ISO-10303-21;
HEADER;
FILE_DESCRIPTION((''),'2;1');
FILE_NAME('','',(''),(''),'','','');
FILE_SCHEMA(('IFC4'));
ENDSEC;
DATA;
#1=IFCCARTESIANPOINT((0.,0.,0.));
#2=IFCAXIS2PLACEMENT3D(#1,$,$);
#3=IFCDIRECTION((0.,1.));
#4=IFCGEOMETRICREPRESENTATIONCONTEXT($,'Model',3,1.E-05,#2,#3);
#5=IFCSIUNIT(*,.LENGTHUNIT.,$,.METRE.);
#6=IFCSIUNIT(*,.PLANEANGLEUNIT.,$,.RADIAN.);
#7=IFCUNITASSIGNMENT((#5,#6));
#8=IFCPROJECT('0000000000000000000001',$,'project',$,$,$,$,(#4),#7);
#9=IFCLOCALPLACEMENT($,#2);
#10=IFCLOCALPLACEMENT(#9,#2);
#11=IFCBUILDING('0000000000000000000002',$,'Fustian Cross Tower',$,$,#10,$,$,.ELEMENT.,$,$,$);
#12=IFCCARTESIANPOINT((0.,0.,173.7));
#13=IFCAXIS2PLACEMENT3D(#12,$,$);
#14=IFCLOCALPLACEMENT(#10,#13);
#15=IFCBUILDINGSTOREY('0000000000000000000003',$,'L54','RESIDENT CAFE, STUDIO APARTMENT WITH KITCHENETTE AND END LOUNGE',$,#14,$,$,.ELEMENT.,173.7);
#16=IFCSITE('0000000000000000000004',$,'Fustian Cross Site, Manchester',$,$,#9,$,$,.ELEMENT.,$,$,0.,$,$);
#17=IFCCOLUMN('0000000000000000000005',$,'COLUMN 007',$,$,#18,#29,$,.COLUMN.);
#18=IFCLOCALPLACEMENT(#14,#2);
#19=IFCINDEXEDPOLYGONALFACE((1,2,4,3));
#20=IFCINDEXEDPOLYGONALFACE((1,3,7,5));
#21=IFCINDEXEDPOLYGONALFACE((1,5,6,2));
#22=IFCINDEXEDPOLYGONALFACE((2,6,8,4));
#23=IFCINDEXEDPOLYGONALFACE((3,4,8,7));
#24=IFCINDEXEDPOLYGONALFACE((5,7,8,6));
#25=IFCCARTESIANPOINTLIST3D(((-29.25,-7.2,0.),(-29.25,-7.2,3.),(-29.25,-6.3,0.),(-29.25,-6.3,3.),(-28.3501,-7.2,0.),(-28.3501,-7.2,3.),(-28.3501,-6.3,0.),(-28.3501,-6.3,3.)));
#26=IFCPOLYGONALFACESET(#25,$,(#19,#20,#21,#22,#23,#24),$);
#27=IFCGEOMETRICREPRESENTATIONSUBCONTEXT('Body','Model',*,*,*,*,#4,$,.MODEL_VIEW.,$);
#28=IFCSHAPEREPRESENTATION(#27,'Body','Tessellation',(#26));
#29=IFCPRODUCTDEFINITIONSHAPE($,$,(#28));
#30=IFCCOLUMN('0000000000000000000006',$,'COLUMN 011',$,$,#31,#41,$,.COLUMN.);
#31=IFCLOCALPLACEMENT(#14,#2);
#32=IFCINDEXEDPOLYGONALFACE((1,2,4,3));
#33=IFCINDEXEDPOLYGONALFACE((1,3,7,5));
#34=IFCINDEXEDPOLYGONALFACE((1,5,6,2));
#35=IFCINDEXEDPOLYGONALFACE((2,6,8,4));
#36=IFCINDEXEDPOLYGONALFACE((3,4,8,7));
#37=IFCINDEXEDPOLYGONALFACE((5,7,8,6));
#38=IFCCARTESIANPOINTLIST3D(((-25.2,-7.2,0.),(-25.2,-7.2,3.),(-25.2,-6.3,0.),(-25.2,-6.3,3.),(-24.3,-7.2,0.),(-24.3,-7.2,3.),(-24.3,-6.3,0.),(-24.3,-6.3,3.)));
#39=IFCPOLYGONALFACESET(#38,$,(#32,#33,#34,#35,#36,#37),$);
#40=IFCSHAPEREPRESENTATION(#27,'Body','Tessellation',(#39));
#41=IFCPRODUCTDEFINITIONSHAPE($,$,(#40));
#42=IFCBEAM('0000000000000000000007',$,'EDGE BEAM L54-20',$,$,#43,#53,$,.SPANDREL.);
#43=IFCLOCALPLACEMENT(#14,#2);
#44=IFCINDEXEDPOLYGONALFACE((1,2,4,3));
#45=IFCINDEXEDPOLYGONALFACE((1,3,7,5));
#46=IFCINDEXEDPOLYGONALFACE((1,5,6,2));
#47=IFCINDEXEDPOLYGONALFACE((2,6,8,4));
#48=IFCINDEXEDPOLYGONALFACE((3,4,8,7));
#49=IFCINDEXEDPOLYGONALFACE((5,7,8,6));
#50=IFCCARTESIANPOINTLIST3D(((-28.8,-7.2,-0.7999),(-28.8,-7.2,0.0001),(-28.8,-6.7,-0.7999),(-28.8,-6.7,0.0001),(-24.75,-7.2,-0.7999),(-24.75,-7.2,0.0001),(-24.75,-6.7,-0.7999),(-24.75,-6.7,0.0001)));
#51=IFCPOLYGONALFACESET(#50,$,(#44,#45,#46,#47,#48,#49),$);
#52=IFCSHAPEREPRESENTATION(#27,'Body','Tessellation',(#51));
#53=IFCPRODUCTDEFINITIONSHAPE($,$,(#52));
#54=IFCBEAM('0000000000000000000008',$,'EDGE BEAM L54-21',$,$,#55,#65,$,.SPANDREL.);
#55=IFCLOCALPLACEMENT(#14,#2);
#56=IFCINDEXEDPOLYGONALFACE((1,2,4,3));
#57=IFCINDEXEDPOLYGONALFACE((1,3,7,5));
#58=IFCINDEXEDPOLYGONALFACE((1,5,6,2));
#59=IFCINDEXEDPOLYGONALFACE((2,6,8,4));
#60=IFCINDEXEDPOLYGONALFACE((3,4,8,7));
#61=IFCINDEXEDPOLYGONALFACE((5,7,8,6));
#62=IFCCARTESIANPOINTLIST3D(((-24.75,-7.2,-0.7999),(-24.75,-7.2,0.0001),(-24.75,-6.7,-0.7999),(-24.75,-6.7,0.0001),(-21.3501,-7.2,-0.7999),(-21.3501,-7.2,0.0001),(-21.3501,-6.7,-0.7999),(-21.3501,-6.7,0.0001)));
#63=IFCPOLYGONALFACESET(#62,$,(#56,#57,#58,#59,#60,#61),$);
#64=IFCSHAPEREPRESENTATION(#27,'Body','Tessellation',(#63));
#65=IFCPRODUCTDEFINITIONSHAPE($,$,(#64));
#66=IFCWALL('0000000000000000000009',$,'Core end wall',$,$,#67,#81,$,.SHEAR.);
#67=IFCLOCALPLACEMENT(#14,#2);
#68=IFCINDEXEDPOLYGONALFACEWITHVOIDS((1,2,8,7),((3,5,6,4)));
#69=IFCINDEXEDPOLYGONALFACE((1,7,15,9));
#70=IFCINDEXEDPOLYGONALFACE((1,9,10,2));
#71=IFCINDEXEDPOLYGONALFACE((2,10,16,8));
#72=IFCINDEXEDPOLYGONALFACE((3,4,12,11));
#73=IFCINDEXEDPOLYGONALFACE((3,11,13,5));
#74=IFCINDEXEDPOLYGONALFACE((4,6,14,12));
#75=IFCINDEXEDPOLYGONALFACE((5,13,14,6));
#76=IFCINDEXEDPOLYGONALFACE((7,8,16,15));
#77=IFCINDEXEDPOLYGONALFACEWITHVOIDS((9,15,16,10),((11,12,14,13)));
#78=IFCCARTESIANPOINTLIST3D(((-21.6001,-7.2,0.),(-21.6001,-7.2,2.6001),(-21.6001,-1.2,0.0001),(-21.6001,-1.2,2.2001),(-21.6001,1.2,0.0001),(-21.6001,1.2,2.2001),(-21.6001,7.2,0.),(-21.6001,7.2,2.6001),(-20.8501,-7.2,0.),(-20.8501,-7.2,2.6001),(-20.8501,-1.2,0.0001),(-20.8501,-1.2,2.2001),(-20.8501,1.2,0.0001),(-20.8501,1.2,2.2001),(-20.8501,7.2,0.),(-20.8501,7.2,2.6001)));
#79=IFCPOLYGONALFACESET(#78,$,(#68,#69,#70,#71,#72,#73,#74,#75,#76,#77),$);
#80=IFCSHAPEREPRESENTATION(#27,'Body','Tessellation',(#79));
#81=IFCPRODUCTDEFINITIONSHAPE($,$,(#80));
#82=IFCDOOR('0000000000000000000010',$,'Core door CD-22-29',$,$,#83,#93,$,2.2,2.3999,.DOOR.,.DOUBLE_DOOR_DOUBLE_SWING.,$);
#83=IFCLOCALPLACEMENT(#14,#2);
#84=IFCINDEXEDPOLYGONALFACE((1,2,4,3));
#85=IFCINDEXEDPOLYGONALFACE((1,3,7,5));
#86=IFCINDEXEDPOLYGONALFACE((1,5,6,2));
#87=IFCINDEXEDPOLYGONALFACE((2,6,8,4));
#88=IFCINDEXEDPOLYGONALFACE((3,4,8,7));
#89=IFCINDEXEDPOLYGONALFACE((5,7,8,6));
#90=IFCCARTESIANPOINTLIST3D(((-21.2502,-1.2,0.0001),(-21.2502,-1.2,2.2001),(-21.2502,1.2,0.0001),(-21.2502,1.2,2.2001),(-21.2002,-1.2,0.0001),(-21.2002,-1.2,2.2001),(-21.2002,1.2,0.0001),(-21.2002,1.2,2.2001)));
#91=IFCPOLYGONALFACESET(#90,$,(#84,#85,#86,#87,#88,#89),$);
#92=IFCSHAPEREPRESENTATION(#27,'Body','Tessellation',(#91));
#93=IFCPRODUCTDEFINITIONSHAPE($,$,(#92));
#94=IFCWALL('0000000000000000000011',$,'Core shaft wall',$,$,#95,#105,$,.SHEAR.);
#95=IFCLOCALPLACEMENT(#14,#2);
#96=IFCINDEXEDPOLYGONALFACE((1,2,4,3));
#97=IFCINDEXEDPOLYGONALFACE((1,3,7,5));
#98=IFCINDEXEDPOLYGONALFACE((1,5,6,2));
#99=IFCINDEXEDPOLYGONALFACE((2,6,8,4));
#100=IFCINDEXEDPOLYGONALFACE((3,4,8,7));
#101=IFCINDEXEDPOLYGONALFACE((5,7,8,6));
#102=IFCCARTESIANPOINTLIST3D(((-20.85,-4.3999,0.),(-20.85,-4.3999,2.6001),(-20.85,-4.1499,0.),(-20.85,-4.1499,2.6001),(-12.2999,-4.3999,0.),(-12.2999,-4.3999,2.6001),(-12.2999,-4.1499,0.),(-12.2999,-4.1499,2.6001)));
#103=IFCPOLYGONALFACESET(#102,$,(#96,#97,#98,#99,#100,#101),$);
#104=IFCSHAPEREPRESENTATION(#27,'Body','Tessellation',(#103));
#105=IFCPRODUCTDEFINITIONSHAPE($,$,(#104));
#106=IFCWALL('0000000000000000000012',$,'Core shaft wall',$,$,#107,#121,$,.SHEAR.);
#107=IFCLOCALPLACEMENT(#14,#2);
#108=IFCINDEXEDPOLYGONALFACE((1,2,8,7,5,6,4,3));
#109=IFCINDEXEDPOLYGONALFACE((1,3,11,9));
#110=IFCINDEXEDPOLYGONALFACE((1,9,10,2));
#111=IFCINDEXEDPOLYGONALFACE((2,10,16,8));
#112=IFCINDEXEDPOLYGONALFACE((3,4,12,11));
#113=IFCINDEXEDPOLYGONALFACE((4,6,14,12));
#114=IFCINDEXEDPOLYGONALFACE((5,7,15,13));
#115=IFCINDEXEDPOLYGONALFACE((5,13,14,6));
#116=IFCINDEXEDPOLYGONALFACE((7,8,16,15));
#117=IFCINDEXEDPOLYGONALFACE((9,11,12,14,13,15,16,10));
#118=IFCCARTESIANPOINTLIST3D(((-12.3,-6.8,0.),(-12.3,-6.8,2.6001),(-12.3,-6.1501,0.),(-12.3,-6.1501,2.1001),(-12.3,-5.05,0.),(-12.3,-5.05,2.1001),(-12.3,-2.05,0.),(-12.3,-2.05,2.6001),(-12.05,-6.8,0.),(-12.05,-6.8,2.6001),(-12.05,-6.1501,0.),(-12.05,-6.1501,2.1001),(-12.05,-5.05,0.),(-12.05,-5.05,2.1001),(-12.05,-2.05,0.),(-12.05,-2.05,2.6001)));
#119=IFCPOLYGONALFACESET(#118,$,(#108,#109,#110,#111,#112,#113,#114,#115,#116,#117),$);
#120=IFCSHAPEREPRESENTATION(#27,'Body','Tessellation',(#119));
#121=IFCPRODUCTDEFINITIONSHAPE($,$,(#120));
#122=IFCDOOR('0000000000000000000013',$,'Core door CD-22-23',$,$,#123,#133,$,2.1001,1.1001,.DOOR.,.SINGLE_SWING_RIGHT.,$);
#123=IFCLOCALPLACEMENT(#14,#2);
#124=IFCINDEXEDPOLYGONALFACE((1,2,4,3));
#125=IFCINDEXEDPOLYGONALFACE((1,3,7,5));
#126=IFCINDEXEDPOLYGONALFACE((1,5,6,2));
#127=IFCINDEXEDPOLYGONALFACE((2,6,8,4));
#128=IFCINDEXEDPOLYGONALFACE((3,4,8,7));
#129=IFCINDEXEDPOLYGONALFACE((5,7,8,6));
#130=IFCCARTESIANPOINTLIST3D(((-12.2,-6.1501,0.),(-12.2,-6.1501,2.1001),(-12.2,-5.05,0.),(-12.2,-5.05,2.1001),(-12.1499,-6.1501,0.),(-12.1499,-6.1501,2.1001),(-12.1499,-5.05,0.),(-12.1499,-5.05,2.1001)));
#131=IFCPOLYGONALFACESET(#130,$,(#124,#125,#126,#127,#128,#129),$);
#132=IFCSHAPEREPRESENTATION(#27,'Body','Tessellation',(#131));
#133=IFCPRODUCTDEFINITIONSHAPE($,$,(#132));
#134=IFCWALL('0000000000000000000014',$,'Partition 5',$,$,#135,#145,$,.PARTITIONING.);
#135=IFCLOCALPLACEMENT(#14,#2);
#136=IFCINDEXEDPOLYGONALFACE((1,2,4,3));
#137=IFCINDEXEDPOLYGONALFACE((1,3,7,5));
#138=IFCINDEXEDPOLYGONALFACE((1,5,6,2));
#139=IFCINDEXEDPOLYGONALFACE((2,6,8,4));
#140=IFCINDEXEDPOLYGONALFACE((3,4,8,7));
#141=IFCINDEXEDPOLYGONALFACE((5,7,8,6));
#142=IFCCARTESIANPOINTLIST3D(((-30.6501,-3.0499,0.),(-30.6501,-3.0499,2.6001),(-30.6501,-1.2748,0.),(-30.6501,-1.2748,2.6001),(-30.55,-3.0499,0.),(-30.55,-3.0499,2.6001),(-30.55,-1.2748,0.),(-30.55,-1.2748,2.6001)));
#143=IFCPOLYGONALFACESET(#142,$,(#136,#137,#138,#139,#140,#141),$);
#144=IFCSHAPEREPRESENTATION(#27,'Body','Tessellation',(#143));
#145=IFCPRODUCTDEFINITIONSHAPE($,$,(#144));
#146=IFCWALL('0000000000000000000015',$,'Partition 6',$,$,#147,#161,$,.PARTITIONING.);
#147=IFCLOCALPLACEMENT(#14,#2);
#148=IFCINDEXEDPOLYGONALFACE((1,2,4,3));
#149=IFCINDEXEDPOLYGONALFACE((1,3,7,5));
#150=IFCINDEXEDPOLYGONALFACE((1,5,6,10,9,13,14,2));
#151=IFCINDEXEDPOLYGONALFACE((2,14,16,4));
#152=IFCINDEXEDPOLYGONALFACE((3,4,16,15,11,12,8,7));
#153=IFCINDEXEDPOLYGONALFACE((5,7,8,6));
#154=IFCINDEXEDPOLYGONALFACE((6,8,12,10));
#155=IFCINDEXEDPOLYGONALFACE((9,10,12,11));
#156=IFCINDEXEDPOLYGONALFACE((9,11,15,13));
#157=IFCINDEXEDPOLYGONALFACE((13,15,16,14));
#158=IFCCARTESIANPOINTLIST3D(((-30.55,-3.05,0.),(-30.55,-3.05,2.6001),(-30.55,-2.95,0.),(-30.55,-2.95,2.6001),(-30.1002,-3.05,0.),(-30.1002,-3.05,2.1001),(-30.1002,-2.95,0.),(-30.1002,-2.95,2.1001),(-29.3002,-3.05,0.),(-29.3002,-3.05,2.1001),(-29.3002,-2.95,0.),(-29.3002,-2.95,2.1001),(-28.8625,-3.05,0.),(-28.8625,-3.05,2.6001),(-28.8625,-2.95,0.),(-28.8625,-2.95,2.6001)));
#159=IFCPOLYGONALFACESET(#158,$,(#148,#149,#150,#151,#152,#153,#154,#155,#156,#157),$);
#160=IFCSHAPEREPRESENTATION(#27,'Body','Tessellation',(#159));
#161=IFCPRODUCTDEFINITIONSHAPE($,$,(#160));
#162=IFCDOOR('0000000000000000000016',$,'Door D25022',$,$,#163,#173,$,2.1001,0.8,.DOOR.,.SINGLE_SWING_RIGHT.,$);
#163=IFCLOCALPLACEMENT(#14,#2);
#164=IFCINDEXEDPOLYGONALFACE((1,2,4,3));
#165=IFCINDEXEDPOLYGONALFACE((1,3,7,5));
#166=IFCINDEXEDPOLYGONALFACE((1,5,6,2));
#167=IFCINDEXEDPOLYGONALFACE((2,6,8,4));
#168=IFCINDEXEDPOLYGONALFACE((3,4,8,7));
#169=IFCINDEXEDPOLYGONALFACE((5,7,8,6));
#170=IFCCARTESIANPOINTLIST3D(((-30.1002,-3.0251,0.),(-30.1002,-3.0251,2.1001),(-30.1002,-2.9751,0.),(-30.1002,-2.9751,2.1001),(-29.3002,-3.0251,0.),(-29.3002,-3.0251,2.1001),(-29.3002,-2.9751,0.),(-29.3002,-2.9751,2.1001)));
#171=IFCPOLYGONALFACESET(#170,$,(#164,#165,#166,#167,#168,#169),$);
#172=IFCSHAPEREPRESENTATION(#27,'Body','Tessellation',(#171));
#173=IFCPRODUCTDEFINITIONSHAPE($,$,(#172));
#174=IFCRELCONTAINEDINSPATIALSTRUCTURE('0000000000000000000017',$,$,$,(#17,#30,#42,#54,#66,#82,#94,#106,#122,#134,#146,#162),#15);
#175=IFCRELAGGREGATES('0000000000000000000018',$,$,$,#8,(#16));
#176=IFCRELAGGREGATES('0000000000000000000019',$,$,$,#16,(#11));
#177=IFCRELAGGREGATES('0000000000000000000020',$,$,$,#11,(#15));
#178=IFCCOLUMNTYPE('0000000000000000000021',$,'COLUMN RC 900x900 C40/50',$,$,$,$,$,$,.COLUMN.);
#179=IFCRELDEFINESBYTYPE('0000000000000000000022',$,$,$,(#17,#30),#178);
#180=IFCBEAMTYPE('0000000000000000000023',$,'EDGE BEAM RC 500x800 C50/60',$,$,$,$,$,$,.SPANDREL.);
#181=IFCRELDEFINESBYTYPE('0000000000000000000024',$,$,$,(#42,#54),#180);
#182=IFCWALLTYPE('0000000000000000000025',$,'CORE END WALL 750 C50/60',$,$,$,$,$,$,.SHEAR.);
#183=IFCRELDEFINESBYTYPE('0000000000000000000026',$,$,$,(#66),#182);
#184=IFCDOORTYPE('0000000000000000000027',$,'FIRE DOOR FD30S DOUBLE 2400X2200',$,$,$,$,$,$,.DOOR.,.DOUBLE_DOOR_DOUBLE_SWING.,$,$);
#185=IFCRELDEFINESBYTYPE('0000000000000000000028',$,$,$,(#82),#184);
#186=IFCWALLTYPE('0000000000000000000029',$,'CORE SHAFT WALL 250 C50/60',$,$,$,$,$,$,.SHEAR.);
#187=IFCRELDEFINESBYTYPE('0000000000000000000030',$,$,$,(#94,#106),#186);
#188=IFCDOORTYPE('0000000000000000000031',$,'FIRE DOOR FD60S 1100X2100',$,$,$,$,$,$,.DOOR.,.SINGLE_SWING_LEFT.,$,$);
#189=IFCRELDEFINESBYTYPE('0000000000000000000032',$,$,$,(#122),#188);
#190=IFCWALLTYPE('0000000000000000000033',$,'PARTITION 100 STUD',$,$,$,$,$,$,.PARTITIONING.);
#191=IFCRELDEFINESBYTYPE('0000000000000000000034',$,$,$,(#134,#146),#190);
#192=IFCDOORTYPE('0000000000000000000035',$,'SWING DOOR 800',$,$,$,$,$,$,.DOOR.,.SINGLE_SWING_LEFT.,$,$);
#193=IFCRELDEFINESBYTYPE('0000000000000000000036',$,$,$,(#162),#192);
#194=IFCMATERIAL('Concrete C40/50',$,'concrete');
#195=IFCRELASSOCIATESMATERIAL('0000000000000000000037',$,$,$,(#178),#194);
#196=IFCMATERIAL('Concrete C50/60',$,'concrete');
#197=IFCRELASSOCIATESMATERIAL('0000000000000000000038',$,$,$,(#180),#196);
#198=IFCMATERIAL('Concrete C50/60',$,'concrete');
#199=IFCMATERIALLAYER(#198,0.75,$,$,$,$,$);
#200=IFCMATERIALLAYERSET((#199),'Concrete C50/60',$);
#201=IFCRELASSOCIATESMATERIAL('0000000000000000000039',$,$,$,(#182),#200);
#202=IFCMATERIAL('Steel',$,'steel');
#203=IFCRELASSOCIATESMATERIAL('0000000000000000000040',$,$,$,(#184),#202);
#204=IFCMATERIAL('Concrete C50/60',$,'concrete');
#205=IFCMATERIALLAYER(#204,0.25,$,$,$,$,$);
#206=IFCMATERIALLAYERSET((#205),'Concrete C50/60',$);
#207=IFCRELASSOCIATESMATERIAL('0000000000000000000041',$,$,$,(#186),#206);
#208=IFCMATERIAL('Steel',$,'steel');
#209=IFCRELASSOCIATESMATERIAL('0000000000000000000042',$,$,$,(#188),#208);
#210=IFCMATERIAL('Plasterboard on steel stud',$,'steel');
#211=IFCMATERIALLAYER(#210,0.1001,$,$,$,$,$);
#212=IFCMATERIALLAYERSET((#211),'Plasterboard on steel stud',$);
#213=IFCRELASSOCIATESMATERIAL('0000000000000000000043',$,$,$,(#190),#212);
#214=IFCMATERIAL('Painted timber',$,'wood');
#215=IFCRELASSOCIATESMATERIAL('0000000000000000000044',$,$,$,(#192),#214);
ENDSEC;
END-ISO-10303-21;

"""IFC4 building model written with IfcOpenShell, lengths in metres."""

from ifc_helpers import new_model, si_unit, direction, frame, frame_2d, origin, origin_2d, place, context, subcontext, project, spatial, rectangle, extrude, material, layer, layer_set, material_profile, profile_set, type_object, element, fill, save


model = new_model("IFC4")

# Units and contexts
model_context = context("Model", 3, precision=1e-05, world=origin(), true_north=direction((0.0, 1.0)))
body_context = subcontext(model_context, "Body", "Model", "MODEL_VIEW")
ifc_project = project(units=[si_unit("LENGTHUNIT", "METRE"), si_unit("PLANEANGLEUNIT", "RADIAN")], contexts=[model_context])

# Site, building, storey
site_placement = place(None, origin())
site = spatial("IfcSite", under=ifc_project, at=site_placement, Name="Fustian Cross Site, Manchester", CompositionType="ELEMENT", RefElevation=0.0)
building_placement = place(site_placement, origin())
building = spatial("IfcBuilding", under=site, at=building_placement, Name="Fustian Cross Tower", CompositionType="ELEMENT")
storey_placement = place(building_placement, frame((0.0, 0.0, 173.7)))
storey = spatial("IfcBuildingStorey", under=building, at=storey_placement, Name="L54", Description="RESIDENT CAFE, STUDIO APARTMENT WITH KITCHENETTE AND END LOUNGE", CompositionType="ELEMENT", Elevation=173.7)

# Columns
ifc_material_1 = material(Name="Concrete C40/50", Category="concrete")
ifc_material_profile_1 = material_profile(ifc_material_1, rectangle(XDim=0.8999, YDim=0.8999, at=origin_2d()), Name="RC 900x900")
ifc_profile_set_1 = profile_set([ifc_material_profile_1], Name="Concrete C40/50")
column_type = type_object("IfcColumnType", Name="COLUMN RC 900x900 C40/50", PredefinedType="COLUMN", material=ifc_profile_set_1)
for number, where, z_axis, x_axis, name in (
    (1, (-28.8, -6.75, 0.0), (0.0, 0.0, 1.0), (1.0, 0.0, 0.0), "COLUMN 007"),
    (2, (-24.75, -6.75, 0.0), (0.0, 0.0, 1.0), (1.0, 0.0, 0.0), "COLUMN 011"),
):
    element("IfcColumn", number, at=place(storey_placement, frame(where, z_axis=z_axis, x_axis=x_axis)), inside=storey, type_object=column_type, Name=name, PredefinedType="COLUMN", context=body_context, shape_type="SweptSolid", body=[
        extrude(rectangle(XDim=0.8999, YDim=0.8999, at=origin_2d()), origin(), (0.0, 0.0, 1.0), 3.0),
    ])

# Beams
ifc_material_2 = material(Name="Concrete C50/60", Category="concrete")
ifc_material_profile_2 = material_profile(ifc_material_2, rectangle(XDim=0.5, YDim=0.8, at=origin_2d()), Name="RC 500x800")
ifc_profile_set_2 = profile_set([ifc_material_profile_2], Name="Concrete C50/60")
beam_type = type_object("IfcBeamType", Name="EDGE BEAM RC 500x800 C50/60", PredefinedType="SPANDREL", material=ifc_profile_set_2)
beam_1_placement = place(storey_placement, frame((-28.8, -6.95, -0.3999), z_axis=(1.0, 0.0, 0.0), x_axis=(0.0, 1.0, 0.0)))
element("IfcBeam", 3, at=beam_1_placement, inside=storey, type_object=beam_type, Name="EDGE BEAM L54-20", PredefinedType="SPANDREL", context=body_context, shape_type="SweptSolid", body=[
    extrude(rectangle(XDim=0.5, YDim=0.8, at=origin_2d()), origin(), (0.0, 0.0, 1.0), 4.05),
])
beam_2_placement = place(storey_placement, frame((-24.75, -6.95, -0.3999), z_axis=(1.0, 0.0, 0.0), x_axis=(0.0, 1.0, 0.0)))
element("IfcBeam", 4, at=beam_2_placement, inside=storey, type_object=beam_type, Name="EDGE BEAM L54-21", PredefinedType="SPANDREL", context=body_context, shape_type="SweptSolid", body=[
    extrude(rectangle(XDim=0.5, YDim=0.8, at=origin_2d()), origin(), (0.0, 0.0, 1.0), 3.3999),
])

# Wall, opening, door
ifc_material_3 = material(Name="Concrete C50/60", Category="concrete")
ifc_layer_1 = layer(ifc_material_3, 0.75)
ifc_layer_set_1 = layer_set([ifc_layer_1], Name="Concrete C50/60")
wall_type_1 = type_object("IfcWallType", Name="CORE END WALL 750 C50/60", PredefinedType="SHEAR", material=ifc_layer_set_1)
wall_1_placement = place(storey_placement, frame((-21.2251, -7.2, 0.0), z_axis=(0.0, 0.0, 1.0), x_axis=(0.0, 1.0, 0.0)))
wall_1 = element("IfcWall", 5, at=wall_1_placement, inside=storey, type_object=wall_type_1, Name="Core end wall", PredefinedType="SHEAR", context=body_context, shape_type="SweptSolid", body=[
    extrude(rectangle(XDim=14.3999, YDim=0.75, at=frame_2d((7.2, 0.0))), origin(), (0.0, 0.0, 1.0), 2.6001),
])
opening_1_placement = place(wall_1_placement, frame((6.0, 0.0, 0.0)))
opening_1 = element("IfcOpeningElement", 6, at=opening_1_placement, cuts=wall_1, PredefinedType="OPENING", context=body_context, shape_type="SweptSolid", body=[
    extrude(rectangle(XDim=2.3999, YDim=2.2, at=frame_2d((1.2, 1.1001))), frame((0.0, 0.385, 0.0), z_axis=(0.0, -1.0, 0.0), x_axis=(1.0, 0.0, 0.0)), (0.0, 0.0, 1.0), 0.77),
])
ifc_material_4 = material(Name="Steel", Category="steel")
door_type_1 = type_object("IfcDoorType", Name="FIRE DOOR FD30S DOUBLE 2400X2200", OperationType="DOUBLE_DOOR_DOUBLE_SWING", PredefinedType="DOOR", material=ifc_material_4)
door_1_placement = place(opening_1_placement, frame((2.3999, 0.0, 0.0), z_axis=(0.0, 0.0, 1.0), x_axis=(-1.0, 0.0, 0.0)))
door_1 = element("IfcDoor", 7, at=door_1_placement, inside=storey, type_object=door_type_1, Name="Core door CD-22-29", OperationType="DOUBLE_DOOR_DOUBLE_SWING", OverallHeight=2.2, OverallWidth=2.3999, PredefinedType="DOOR", context=body_context, shape_type="SweptSolid", body=[
    extrude(rectangle(XDim=2.3999, YDim=2.2, at=frame_2d((1.2, 1.1001))), frame((0.0, 0.0249, 0.0), z_axis=(0.0, -1.0, 0.0), x_axis=(1.0, 0.0, 0.0)), (0.0, 0.0, 1.0), 0.05),
])
fill(opening_1, door_1)

# Wall
ifc_material_5 = material(Name="Concrete C50/60", Category="concrete")
ifc_layer_2 = layer(ifc_material_5, 0.25)
ifc_layer_set_2 = layer_set([ifc_layer_2], Name="Concrete C50/60")
wall_type_2 = type_object("IfcWallType", Name="CORE SHAFT WALL 250 C50/60", PredefinedType="SHEAR", material=ifc_layer_set_2)
wall_2_placement = place(storey_placement, frame((-12.3, -4.2749, 0.0), z_axis=(0.0, 0.0, 1.0), x_axis=(-1.0, 0.0, 0.0)))
element("IfcWall", 8, at=wall_2_placement, inside=storey, type_object=wall_type_2, Name="Core shaft wall", PredefinedType="SHEAR", context=body_context, shape_type="SweptSolid", body=[
    extrude(rectangle(XDim=8.55, YDim=0.25, at=frame_2d((4.2749, 0.0))), origin(), (0.0, 0.0, 1.0), 2.6001),
])

# Wall, opening, door
wall_3_placement = place(storey_placement, frame((-12.175, -2.05, 0.0), z_axis=(0.0, 0.0, 1.0), x_axis=(0.0, -1.0, 0.0)))
wall_3 = element("IfcWall", 9, at=wall_3_placement, inside=storey, type_object=wall_type_2, Name="Core shaft wall", PredefinedType="SHEAR", context=body_context, shape_type="SweptSolid", body=[
    extrude(rectangle(XDim=4.75, YDim=0.25, at=frame_2d((2.375, 0.0))), origin(), (0.0, 0.0, 1.0), 2.6001),
])
opening_2_placement = place(wall_3_placement, frame((3.0, 0.0, 0.0)))
opening_2 = element("IfcOpeningElement", 10, at=opening_2_placement, cuts=wall_3, PredefinedType="OPENING", context=body_context, shape_type="SweptSolid", body=[
    extrude(rectangle(XDim=1.1001, YDim=2.1001, at=frame_2d((0.55, 1.05))), frame((0.0, 0.135, 0.0), z_axis=(0.0, -1.0, 0.0), x_axis=(1.0, 0.0, 0.0)), (0.0, 0.0, 1.0), 0.27),
])
ifc_material_6 = material(Name="Steel", Category="steel")
door_type_2 = type_object("IfcDoorType", Name="FIRE DOOR FD60S 1100X2100", OperationType="SINGLE_SWING_LEFT", PredefinedType="DOOR", material=ifc_material_6)
door_2_placement = place(opening_2_placement, frame((1.1001, 0.0, 0.0), z_axis=(0.0, 0.0, 1.0), x_axis=(-1.0, 0.0, 0.0)))
door_2 = element("IfcDoor", 11, at=door_2_placement, inside=storey, type_object=door_type_2, Name="Core door CD-22-23", OperationType="SINGLE_SWING_RIGHT", OverallHeight=2.1001, OverallWidth=1.1001, PredefinedType="DOOR", context=body_context, shape_type="SweptSolid", body=[
    extrude(rectangle(XDim=1.1001, YDim=2.1001, at=frame_2d((0.55, 1.05))), frame((0.0, 0.0249, 0.0), z_axis=(0.0, -1.0, 0.0), x_axis=(1.0, 0.0, 0.0)), (0.0, 0.0, 1.0), 0.05),
])
fill(opening_2, door_2)

# Wall
ifc_material_7 = material(Name="Plasterboard on steel stud", Category="steel")
ifc_layer_3 = layer(ifc_material_7, 0.1001)
ifc_layer_set_3 = layer_set([ifc_layer_3], Name="Plasterboard on steel stud")
wall_type_3 = type_object("IfcWallType", Name="PARTITION 100 STUD", PredefinedType="PARTITIONING", material=ifc_layer_set_3)
wall_4_placement = place(storey_placement, frame((-30.6001, -3.05, 0.0), z_axis=(0.0, 0.0, 1.0), x_axis=(0.0, 1.0, 0.0)))
element("IfcWall", 12, at=wall_4_placement, inside=storey, type_object=wall_type_3, Name="Partition 5", PredefinedType="PARTITIONING", context=body_context, shape_type="SweptSolid", body=[
    extrude(rectangle(XDim=1.7751, YDim=0.1001, at=frame_2d((0.8877, 0.0))), origin(), (0.0, 0.0, 1.0), 2.6001),
])

# Wall, opening, door
wall_5_placement = place(storey_placement, frame((-30.55, -3.0, 0.0), z_axis=(0.0, 0.0, 1.0), x_axis=(1.0, 0.0, 0.0)))
wall_5 = element("IfcWall", 13, at=wall_5_placement, inside=storey, type_object=wall_type_3, Name="Partition 6", PredefinedType="PARTITIONING", context=body_context, shape_type="SweptSolid", body=[
    extrude(rectangle(XDim=1.6875, YDim=0.1001, at=frame_2d((0.8438, 0.0))), origin(), (0.0, 0.0, 1.0), 2.6001),
])
opening_3_placement = place(wall_5_placement, frame((0.45, 0.0, 0.0)))
opening_3 = element("IfcOpeningElement", 14, at=opening_3_placement, cuts=wall_5, PredefinedType="OPENING", context=body_context, shape_type="SweptSolid", body=[
    extrude(rectangle(XDim=0.8, YDim=2.1001, at=frame_2d((0.3999, 1.05))), frame((0.0, 0.0601, 0.0), z_axis=(0.0, -1.0, 0.0), x_axis=(1.0, 0.0, 0.0)), (0.0, 0.0, 1.0), 0.1201),
])
ifc_material_8 = material(Name="Painted timber", Category="wood")
door_type_3 = type_object("IfcDoorType", Name="SWING DOOR 800", OperationType="SINGLE_SWING_LEFT", PredefinedType="DOOR", material=ifc_material_8)
door_3_placement = place(opening_3_placement, origin())
door_3 = element("IfcDoor", 15, at=door_3_placement, inside=storey, type_object=door_type_3, Name="Door D25022", OperationType="SINGLE_SWING_RIGHT", OverallHeight=2.1001, OverallWidth=0.8, PredefinedType="DOOR", context=body_context, shape_type="SweptSolid", body=[
    extrude(rectangle(XDim=0.8, YDim=2.1001, at=frame_2d((0.3999, 1.05))), frame((0.0, 0.0249, 0.0), z_axis=(0.0, -1.0, 0.0), x_axis=(1.0, 0.0, 0.0)), (0.0, 0.0, 1.0), 0.05),
])
fill(opening_3, door_3)

save(model, "model.ifc")
